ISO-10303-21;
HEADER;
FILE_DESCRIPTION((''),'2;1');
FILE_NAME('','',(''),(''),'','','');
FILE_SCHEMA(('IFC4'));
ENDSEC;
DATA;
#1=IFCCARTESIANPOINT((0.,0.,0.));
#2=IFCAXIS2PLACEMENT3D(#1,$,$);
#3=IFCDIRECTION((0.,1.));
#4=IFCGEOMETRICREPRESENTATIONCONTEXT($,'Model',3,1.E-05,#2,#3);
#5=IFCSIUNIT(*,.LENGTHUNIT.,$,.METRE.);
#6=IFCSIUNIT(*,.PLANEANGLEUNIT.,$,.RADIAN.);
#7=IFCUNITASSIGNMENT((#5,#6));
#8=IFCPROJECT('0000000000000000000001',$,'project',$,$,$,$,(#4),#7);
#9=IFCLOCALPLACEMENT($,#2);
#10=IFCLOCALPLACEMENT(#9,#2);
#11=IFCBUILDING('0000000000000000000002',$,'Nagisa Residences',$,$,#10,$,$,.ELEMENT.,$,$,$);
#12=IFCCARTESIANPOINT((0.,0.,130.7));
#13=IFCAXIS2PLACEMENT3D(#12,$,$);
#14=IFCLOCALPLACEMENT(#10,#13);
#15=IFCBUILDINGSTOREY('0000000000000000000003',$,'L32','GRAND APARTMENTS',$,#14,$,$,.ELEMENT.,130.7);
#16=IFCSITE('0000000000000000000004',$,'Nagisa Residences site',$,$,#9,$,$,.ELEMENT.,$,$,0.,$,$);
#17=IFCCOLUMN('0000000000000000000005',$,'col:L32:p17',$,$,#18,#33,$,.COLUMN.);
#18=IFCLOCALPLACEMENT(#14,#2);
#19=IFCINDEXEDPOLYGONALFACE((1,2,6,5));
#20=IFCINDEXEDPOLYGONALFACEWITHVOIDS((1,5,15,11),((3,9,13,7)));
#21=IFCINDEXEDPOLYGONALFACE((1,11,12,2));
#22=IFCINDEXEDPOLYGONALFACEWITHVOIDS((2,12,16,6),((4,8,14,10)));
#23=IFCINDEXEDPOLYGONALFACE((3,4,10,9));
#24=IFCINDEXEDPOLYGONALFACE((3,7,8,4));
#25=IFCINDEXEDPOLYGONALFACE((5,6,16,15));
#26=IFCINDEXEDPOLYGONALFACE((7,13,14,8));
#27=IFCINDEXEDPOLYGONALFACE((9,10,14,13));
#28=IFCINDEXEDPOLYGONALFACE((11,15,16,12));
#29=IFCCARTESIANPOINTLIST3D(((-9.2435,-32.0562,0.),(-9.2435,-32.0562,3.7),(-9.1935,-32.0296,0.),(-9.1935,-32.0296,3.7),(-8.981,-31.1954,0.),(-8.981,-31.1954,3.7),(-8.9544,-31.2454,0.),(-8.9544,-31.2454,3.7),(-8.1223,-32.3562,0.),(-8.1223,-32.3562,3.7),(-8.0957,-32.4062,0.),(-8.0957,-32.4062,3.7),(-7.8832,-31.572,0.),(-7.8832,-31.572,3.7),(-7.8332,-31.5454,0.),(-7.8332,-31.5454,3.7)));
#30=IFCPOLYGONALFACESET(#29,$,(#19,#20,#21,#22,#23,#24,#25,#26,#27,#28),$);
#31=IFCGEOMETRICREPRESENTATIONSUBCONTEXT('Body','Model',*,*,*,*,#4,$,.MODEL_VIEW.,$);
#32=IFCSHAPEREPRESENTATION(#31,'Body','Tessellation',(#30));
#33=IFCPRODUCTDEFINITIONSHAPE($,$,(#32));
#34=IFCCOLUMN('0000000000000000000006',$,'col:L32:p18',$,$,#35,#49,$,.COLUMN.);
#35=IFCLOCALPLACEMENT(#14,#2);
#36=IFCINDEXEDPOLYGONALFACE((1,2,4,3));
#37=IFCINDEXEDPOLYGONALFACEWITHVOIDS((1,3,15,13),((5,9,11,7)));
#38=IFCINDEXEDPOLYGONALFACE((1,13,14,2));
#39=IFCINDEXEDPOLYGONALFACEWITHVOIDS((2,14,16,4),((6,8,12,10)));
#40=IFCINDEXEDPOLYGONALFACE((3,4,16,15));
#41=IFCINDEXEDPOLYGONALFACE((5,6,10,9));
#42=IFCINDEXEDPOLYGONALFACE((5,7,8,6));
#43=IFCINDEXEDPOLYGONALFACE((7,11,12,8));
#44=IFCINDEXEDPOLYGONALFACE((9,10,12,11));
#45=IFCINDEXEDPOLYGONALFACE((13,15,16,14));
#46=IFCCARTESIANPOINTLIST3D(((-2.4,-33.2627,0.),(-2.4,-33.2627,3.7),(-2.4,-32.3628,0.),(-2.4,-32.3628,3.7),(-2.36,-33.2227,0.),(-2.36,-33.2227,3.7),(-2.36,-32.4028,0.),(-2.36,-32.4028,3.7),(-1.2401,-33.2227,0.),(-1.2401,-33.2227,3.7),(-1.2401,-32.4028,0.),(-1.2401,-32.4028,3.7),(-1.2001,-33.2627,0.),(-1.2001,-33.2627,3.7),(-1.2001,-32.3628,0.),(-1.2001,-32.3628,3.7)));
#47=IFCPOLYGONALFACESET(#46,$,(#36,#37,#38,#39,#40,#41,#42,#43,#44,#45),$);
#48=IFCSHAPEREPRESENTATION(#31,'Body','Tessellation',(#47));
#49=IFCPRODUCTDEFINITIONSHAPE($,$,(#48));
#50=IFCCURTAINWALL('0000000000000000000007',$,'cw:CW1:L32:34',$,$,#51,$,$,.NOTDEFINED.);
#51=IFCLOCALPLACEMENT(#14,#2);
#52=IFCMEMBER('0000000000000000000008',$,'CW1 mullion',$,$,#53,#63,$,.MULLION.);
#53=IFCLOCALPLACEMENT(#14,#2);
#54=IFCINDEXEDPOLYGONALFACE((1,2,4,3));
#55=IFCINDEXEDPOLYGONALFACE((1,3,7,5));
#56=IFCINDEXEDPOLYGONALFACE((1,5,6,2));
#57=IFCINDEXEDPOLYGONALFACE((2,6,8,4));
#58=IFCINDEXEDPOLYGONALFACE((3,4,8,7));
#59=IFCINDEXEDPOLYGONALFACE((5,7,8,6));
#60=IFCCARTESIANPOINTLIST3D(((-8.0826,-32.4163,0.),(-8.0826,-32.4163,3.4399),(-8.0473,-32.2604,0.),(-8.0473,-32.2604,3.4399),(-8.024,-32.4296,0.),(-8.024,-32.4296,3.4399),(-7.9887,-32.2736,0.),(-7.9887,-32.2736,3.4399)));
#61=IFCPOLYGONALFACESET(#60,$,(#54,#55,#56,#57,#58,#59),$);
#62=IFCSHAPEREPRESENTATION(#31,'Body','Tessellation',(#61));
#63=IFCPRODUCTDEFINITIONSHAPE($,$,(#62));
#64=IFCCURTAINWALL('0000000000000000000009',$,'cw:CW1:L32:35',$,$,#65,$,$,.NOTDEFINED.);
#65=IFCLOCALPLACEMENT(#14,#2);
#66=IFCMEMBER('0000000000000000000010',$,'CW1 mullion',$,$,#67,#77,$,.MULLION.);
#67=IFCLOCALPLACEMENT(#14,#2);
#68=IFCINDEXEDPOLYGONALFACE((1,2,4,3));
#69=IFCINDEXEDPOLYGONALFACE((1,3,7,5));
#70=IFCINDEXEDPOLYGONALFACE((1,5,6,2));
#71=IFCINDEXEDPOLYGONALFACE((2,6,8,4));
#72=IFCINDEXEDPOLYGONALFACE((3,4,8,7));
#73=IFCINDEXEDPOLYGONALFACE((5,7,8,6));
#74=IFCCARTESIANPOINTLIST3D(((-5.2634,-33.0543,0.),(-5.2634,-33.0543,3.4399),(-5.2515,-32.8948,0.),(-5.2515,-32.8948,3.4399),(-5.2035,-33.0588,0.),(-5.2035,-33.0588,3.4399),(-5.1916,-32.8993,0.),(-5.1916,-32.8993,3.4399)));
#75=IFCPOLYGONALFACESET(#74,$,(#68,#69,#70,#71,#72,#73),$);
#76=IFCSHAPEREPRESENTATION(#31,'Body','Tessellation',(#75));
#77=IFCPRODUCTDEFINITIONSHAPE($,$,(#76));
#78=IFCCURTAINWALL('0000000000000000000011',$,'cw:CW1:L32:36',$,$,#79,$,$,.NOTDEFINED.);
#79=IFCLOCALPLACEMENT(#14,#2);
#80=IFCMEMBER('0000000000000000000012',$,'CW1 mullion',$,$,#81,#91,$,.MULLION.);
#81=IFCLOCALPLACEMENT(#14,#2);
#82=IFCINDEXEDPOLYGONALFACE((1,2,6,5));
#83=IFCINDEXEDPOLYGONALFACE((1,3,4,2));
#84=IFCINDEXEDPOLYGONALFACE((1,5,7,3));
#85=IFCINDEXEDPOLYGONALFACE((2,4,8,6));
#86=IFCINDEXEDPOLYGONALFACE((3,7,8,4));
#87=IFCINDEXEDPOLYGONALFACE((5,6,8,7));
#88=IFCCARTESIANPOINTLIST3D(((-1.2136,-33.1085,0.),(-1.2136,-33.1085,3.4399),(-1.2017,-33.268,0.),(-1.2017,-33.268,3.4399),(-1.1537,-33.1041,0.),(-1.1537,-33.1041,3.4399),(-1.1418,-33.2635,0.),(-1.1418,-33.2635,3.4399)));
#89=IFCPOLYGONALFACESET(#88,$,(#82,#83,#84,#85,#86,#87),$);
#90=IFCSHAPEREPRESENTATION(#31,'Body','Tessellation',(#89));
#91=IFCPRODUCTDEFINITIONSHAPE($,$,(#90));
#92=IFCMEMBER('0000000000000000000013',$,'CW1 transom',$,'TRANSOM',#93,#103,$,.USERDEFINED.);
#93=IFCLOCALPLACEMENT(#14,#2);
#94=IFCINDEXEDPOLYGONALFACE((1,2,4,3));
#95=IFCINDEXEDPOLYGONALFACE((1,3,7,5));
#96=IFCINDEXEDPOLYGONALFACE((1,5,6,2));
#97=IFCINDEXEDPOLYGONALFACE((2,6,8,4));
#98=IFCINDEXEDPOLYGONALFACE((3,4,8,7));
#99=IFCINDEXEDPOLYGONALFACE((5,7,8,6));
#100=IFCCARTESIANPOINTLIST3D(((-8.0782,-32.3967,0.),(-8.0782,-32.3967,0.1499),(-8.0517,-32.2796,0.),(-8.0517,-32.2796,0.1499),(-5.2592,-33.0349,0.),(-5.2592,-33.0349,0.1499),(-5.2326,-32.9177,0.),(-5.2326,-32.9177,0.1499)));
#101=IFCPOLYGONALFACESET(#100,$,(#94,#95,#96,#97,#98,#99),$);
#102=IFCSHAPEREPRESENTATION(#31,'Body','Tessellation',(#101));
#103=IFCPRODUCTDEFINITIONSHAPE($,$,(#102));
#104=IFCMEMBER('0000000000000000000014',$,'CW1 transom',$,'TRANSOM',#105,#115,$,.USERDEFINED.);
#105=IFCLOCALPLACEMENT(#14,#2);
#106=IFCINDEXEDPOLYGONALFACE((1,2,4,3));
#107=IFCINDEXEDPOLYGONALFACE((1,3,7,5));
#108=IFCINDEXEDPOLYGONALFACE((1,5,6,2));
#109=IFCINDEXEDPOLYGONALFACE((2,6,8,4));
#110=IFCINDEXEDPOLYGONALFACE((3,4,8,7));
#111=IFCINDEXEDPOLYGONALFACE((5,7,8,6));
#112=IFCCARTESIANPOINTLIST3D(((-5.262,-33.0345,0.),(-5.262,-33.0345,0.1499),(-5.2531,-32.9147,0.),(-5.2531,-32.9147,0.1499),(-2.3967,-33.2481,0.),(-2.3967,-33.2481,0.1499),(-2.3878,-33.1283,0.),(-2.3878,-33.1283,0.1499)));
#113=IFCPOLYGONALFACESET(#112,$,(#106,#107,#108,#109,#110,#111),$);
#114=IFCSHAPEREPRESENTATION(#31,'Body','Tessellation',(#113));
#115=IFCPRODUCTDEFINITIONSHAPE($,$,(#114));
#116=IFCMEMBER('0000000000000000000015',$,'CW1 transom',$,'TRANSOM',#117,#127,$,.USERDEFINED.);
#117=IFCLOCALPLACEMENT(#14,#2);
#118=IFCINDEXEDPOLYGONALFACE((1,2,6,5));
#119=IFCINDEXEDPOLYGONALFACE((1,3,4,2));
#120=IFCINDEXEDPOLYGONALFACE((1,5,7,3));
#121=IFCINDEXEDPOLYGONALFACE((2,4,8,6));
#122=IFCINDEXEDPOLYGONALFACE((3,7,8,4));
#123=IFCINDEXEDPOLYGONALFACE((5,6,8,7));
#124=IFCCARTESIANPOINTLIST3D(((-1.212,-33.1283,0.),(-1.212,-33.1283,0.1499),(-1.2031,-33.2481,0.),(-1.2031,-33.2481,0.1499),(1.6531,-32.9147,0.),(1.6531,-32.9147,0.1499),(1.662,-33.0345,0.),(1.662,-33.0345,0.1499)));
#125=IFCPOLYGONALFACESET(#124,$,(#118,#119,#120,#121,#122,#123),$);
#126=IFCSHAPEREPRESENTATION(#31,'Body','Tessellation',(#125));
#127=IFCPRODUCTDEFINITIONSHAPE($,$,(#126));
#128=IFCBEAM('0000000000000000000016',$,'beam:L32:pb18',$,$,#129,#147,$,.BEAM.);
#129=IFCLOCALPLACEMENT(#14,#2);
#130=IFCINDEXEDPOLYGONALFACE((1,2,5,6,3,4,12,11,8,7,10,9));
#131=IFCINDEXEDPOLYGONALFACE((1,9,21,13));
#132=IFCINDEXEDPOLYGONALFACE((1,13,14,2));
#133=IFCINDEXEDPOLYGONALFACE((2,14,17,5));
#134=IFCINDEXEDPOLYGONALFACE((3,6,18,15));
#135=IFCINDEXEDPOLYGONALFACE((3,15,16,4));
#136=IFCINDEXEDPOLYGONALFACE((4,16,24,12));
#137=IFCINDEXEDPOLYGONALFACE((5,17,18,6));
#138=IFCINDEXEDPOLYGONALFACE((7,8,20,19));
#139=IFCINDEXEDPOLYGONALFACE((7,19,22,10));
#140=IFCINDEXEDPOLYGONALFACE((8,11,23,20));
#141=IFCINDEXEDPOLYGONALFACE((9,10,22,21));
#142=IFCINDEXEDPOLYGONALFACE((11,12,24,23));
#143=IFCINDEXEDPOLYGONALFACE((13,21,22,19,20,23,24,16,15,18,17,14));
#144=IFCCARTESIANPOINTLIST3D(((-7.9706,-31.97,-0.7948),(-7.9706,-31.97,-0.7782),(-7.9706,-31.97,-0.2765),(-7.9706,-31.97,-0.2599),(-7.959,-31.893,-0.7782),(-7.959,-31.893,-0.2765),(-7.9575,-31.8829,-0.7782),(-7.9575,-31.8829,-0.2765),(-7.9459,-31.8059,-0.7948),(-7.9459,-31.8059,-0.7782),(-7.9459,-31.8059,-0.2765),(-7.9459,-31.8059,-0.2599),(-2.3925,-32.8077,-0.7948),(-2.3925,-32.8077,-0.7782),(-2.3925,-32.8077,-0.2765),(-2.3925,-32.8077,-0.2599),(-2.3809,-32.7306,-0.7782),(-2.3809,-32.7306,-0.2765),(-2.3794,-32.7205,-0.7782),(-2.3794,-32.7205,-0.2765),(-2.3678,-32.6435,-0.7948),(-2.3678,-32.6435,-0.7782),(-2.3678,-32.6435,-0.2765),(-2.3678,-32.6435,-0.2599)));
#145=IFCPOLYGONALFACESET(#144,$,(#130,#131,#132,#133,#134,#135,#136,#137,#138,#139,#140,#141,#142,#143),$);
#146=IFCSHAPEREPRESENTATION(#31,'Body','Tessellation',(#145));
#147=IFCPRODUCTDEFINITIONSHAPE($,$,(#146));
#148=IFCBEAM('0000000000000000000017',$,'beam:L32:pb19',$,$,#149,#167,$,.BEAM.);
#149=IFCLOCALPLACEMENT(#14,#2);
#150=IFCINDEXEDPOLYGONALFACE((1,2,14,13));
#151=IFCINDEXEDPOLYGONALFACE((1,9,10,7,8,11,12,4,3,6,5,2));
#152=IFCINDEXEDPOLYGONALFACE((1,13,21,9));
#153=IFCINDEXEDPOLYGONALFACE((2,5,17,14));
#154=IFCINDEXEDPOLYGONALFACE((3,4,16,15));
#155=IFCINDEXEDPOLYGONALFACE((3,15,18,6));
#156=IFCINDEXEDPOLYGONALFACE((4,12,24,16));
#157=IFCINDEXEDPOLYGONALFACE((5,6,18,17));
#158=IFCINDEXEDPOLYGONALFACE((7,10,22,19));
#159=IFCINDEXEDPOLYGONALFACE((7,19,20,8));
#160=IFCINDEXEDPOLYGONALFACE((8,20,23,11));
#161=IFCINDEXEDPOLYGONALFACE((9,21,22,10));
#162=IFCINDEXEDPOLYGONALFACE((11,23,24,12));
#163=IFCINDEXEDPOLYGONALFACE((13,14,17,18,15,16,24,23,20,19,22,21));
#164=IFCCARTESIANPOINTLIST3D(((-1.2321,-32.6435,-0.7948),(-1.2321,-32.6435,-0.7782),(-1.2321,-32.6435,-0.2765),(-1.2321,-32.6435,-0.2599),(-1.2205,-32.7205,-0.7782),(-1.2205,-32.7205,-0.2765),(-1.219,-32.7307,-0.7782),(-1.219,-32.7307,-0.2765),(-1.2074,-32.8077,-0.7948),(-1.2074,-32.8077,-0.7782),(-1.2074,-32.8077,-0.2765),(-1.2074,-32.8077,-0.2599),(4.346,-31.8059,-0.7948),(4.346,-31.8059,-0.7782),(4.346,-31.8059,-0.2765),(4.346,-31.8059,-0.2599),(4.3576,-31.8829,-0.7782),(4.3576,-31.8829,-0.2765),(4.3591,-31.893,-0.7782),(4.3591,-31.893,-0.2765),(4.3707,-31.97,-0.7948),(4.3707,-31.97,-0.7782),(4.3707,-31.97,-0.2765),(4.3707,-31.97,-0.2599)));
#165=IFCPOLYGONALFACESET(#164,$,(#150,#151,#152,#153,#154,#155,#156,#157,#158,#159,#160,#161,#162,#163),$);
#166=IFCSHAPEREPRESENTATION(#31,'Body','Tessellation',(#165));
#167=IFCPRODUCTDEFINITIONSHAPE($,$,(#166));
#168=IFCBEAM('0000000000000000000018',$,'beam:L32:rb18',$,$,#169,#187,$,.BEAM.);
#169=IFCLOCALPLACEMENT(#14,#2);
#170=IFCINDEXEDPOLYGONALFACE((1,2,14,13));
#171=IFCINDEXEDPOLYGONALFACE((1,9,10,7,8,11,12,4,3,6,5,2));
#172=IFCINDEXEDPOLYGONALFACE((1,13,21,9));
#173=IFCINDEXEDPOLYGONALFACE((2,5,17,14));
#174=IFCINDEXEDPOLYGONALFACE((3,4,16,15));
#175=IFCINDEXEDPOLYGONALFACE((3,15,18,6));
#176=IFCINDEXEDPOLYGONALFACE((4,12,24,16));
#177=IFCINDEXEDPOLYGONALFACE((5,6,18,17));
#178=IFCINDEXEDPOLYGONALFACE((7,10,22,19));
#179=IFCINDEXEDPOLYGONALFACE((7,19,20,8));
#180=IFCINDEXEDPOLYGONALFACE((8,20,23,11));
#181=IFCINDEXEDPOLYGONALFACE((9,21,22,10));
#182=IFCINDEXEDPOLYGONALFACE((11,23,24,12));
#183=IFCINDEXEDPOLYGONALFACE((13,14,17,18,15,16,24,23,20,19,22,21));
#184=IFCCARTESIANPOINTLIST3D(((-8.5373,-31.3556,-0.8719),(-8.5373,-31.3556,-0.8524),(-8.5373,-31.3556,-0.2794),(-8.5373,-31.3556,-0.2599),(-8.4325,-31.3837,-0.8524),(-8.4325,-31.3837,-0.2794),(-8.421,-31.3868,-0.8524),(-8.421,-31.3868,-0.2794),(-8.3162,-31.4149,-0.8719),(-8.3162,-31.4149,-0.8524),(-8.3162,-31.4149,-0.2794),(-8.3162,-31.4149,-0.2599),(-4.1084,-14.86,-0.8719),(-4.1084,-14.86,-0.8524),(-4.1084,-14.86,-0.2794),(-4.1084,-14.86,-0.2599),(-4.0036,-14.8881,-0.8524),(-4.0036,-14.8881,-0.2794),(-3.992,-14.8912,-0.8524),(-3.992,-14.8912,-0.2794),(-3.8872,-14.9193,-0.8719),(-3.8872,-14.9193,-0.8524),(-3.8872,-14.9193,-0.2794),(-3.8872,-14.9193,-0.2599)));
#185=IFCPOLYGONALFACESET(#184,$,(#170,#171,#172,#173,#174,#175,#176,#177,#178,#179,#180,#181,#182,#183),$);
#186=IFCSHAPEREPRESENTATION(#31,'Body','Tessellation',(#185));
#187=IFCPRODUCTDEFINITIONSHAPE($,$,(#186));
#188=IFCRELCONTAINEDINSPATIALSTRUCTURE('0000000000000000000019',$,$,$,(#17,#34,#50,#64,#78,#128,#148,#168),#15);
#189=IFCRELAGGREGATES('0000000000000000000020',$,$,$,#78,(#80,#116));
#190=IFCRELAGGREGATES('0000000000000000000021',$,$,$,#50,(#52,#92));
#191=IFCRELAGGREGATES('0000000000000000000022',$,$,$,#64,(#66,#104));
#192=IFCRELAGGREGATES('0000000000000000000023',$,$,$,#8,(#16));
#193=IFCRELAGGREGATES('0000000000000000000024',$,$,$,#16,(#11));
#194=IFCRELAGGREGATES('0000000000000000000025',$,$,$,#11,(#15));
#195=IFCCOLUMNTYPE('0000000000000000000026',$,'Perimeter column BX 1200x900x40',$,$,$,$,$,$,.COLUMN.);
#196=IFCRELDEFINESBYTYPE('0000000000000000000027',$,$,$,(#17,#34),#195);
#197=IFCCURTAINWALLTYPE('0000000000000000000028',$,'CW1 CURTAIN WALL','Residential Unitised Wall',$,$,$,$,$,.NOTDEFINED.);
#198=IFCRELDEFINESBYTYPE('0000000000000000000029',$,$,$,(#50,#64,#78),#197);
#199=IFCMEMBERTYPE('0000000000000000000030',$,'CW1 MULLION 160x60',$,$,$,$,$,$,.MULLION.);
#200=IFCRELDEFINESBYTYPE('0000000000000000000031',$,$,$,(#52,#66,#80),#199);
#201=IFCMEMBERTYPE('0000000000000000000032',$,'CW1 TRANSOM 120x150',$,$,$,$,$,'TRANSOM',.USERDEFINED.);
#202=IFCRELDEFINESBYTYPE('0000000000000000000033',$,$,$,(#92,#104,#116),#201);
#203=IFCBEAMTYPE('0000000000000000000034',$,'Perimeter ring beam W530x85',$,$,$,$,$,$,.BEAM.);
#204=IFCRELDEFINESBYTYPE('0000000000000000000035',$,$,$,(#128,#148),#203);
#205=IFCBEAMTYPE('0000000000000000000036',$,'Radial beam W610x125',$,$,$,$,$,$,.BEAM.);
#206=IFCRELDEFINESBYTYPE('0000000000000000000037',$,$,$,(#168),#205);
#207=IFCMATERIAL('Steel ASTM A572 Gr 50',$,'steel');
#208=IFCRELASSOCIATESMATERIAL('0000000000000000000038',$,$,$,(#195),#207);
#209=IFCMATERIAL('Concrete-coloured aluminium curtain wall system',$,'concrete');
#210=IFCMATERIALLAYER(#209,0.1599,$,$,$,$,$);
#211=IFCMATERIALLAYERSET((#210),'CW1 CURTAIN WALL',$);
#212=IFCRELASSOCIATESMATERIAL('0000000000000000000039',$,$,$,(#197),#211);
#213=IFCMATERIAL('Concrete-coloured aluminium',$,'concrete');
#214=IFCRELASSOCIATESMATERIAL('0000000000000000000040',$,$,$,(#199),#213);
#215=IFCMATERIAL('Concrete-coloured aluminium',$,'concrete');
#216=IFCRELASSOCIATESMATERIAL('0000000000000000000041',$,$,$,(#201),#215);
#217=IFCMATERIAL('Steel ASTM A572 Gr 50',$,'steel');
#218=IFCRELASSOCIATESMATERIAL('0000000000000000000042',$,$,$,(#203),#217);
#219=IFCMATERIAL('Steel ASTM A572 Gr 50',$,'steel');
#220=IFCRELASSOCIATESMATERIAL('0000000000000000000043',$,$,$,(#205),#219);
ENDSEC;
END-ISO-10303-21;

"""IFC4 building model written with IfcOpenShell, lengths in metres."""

from ifc_helpers import new_model, si_unit, direction, frame, origin, origin_2d, place, context, subcontext, project, spatial, rectangle, hollow_rectangle, i_section, extrude, material, layer, layer_set, material_profile, profile_set, type_object, element, aggregate, save


model = new_model("IFC4")

# Units and contexts
model_context = context("Model", 3, precision=1e-05, world=origin(), true_north=direction((0.0, 1.0)))
body_context = subcontext(model_context, "Body", "Model", "MODEL_VIEW")
ifc_project = project(units=[si_unit("LENGTHUNIT", "METRE"), si_unit("PLANEANGLEUNIT", "RADIAN")], contexts=[model_context])

# Site, building, storey
site_placement = place(None, origin())
site = spatial("IfcSite", under=ifc_project, at=site_placement, Name="Nagisa Residences site", CompositionType="ELEMENT", RefElevation=0.0)
building_placement = place(site_placement, origin())
building = spatial("IfcBuilding", under=site, at=building_placement, Name="Nagisa Residences", CompositionType="ELEMENT")
storey_placement = place(building_placement, frame((0.0, 0.0, 130.7)))
storey = spatial("IfcBuildingStorey", under=building, at=storey_placement, Name="L32", Description="GRAND APARTMENTS", CompositionType="ELEMENT", Elevation=130.7)

# Columns
ifc_material_1 = material(Name="Steel ASTM A572 Gr 50", Category="steel")
ifc_material_profile_1 = material_profile(ifc_material_1, hollow_rectangle(XDim=1.2, YDim=0.8999, WallThickness=0.04, at=origin_2d()), Name="BX 1200x900x40")
ifc_profile_set_1 = profile_set([ifc_material_profile_1], Name="Steel ASTM A572 Gr 50")
column_type = type_object("IfcColumnType", Name="Perimeter column BX 1200x900x40", PredefinedType="COLUMN", material=ifc_profile_set_1)
for number, where, z_axis, x_axis, name in (
    (1, (-8.5383, -31.8008, 0.0), (0.0, 0.0, 1.0), (0.956525, -0.291652, 0.0), "col:L32:p17"),
    (2, (-1.8, -32.8127, 0.0), (0.0, 0.0, 1.0), (1.0, 0.0, 0.0), "col:L32:p18"),
):
    element("IfcColumn", number, at=place(storey_placement, frame(where, z_axis=z_axis, x_axis=x_axis)), inside=storey, type_object=column_type, Name=name, PredefinedType="COLUMN", context=body_context, shape_type="SweptSolid", body=[
        extrude(hollow_rectangle(XDim=1.2, YDim=0.8999, WallThickness=0.04, at=origin_2d()), origin(), (0.0, 0.0, 1.0), 3.7),
    ])

# Curtain walls, members
ifc_material_2 = material(Name="Concrete-coloured aluminium curtain wall system", Category="concrete")
ifc_layer_1 = layer(ifc_material_2, 0.1599)
ifc_layer_set_1 = layer_set([ifc_layer_1], Name="CW1 CURTAIN WALL")
curtain_wall_type = type_object("IfcCurtainWallType", Name="CW1 CURTAIN WALL", Description="Residential Unitised Wall", PredefinedType="NOTDEFINED", material=ifc_layer_set_1)
curtain_wall_1_placement = place(storey_placement, origin())
curtain_wall_1 = element("IfcCurtainWall", 3, at=curtain_wall_1_placement, inside=storey, type_object=curtain_wall_type, Name="cw:CW1:L32:34", PredefinedType="NOTDEFINED")
ifc_material_3 = material(Name="Concrete-coloured aluminium", Category="concrete")
ifc_material_profile_2 = material_profile(ifc_material_3, rectangle(XDim=0.1599, YDim=0.0601, at=origin_2d()), Name="CW1 MULLION 160x60")
ifc_profile_set_2 = profile_set([ifc_material_profile_2], Name="Concrete-coloured aluminium")
member_type_1 = type_object("IfcMemberType", Name="CW1 MULLION 160x60", PredefinedType="MULLION", material=ifc_profile_set_2)
member_1_placement = place(storey_placement, frame((-8.0356, -32.345, 0.0), z_axis=(0.0, 0.0, 1.0), x_axis=(0.220764, 0.975327, 0.0)))
member_1 = element("IfcMember", 4, at=member_1_placement, type_object=member_type_1, Name="CW1 mullion", PredefinedType="MULLION", context=body_context, shape_type="SweptSolid", body=[
    extrude(rectangle(XDim=0.1599, YDim=0.0601, at=origin_2d()), origin(), (0.0, 0.0, 1.0), 3.4399),
])
curtain_wall_2_placement = place(storey_placement, origin())
curtain_wall_2 = element("IfcCurtainWall", 5, at=curtain_wall_2_placement, inside=storey, type_object=curtain_wall_type, Name="cw:CW1:L32:35", PredefinedType="NOTDEFINED")
member_2_placement = place(storey_placement, frame((-5.2275, -32.9768, 0.0), z_axis=(0.0, 0.0, 1.0), x_axis=(0.074377, 0.99723, 0.0)))
member_2 = element("IfcMember", 6, at=member_2_placement, type_object=member_type_1, Name="CW1 mullion", PredefinedType="MULLION", context=body_context, shape_type="SweptSolid", body=[
    extrude(rectangle(XDim=0.1599, YDim=0.0601, at=origin_2d()), origin(), (0.0, 0.0, 1.0), 3.4399),
])
curtain_wall_3_placement = place(storey_placement, origin())
curtain_wall_3 = element("IfcCurtainWall", 7, at=curtain_wall_3_placement, inside=storey, type_object=curtain_wall_type, Name="cw:CW1:L32:36", PredefinedType="NOTDEFINED")
member_3_placement = place(storey_placement, frame((-1.1777, -33.186, 0.0), z_axis=(0.0, 0.0, 1.0), x_axis=(-0.074377, 0.99723, 0.0)))
member_3 = element("IfcMember", 8, at=member_3_placement, type_object=member_type_1, Name="CW1 mullion", PredefinedType="MULLION", context=body_context, shape_type="SweptSolid", body=[
    extrude(rectangle(XDim=0.1599, YDim=0.0601, at=origin_2d()), origin(), (0.0, 0.0, 1.0), 3.4399),
])

# Members
ifc_material_4 = material(Name="Concrete-coloured aluminium", Category="concrete")
ifc_material_profile_3 = material_profile(ifc_material_4, rectangle(XDim=0.1201, YDim=0.1499, at=origin_2d()), Name="CW1 TRANSOM 120x150")
ifc_profile_set_3 = profile_set([ifc_material_profile_3], Name="Concrete-coloured aluminium")
member_type_2 = type_object("IfcMemberType", Name="CW1 TRANSOM 120x150", ElementType="TRANSOM", PredefinedType="USERDEFINED", material=ifc_profile_set_3)
member_4_placement = place(storey_placement, frame((-8.0649, -32.3381, 0.075), z_axis=(0.975321, -0.220792, 0.0), x_axis=(0.220792, 0.975321, 0.0)))
member_4 = element("IfcMember", 9, at=member_4_placement, type_object=member_type_2, Name="CW1 transom", ObjectType="TRANSOM", PredefinedType="USERDEFINED", context=body_context, shape_type="SweptSolid", body=[
    extrude(rectangle(XDim=0.1201, YDim=0.1499, at=origin_2d()), origin(), (0.0, 0.0, 1.0), 2.8904),
])
member_5_placement = place(storey_placement, frame((-5.2576, -32.9746, 0.075), z_axis=(0.997232, -0.074351, 0.0), x_axis=(0.074351, 0.997232, 0.0)))
member_5 = element("IfcMember", 10, at=member_5_placement, type_object=member_type_2, Name="CW1 transom", ObjectType="TRANSOM", PredefinedType="USERDEFINED", context=body_context, shape_type="SweptSolid", body=[
    extrude(rectangle(XDim=0.1201, YDim=0.1499, at=origin_2d()), origin(), (0.0, 0.0, 1.0), 2.8733),
])
member_6_placement = place(storey_placement, frame((-1.2075, -33.1882, 0.075), z_axis=(0.997232, 0.074357, 0.0), x_axis=(-0.074357, 0.997232, 0.0)))
member_6 = element("IfcMember", 11, at=member_6_placement, type_object=member_type_2, Name="CW1 transom", ObjectType="TRANSOM", PredefinedType="USERDEFINED", context=body_context, shape_type="SweptSolid", body=[
    extrude(rectangle(XDim=0.1201, YDim=0.1499, at=origin_2d()), origin(), (0.0, 0.0, 1.0), 2.873),
])
aggregate(curtain_wall_3, [member_3, member_6])

# Beams
ifc_material_5 = material(Name="Steel ASTM A572 Gr 50", Category="steel")
ifc_material_profile_4 = material_profile(ifc_material_5, i_section(OverallWidth=0.166, OverallDepth=0.5349, WebThickness=0.0103, FlangeThickness=0.0166, at=origin_2d()), Name="W530x85")
ifc_profile_set_4 = profile_set([ifc_material_profile_4], Name="Steel ASTM A572 Gr 50")
beam_type_1 = type_object("IfcBeamType", Name="Perimeter ring beam W530x85", PredefinedType="BEAM", material=ifc_profile_set_4)
for number, where, z_axis, x_axis, name in (
    (12, (-7.9583, -31.8879, -0.5273), (0.988912, -0.148501, 0.0), (0.148501, 0.988912, 0.0), "beam:L32:pb18"),
    (13, (-1.2197, -32.7256, -0.5273), (0.988912, 0.148501, 0.0), (-0.148501, 0.988912, 0.0), "beam:L32:pb19"),
):
    element("IfcBeam", number, at=place(storey_placement, frame(where, z_axis=z_axis, x_axis=x_axis)), inside=storey, type_object=beam_type_1, Name=name, PredefinedType="BEAM", context=body_context, shape_type="SweptSolid", body=[
        extrude(i_section(OverallWidth=0.166, OverallDepth=0.5349, WebThickness=0.0103, FlangeThickness=0.0166, at=origin_2d()), origin(), (0.0, 0.0, 1.0), 5.6406),
    ])
ifc_material_6 = material(Name="Steel ASTM A572 Gr 50", Category="steel")
ifc_material_profile_5 = material_profile(ifc_material_6, i_section(OverallWidth=0.229, OverallDepth=0.6121, WebThickness=0.012, FlangeThickness=0.0195, at=origin_2d()), Name="W610x125")
ifc_profile_set_5 = profile_set([ifc_material_profile_5], Name="Steel ASTM A572 Gr 50")
beam_type_2 = type_object("IfcBeamType", Name="Radial beam W610x125", PredefinedType="BEAM", material=ifc_profile_set_5)
beam_1_placement = place(storey_placement, frame((-8.4268, -31.3853, -0.5659), z_axis=(0.259309, 0.965794, 0.0), x_axis=(-0.965794, 0.259309, 0.0)))
element("IfcBeam", 14, at=beam_1_placement, inside=storey, type_object=beam_type_2, Name="beam:L32:rb18", PredefinedType="BEAM", context=body_context, shape_type="SweptSolid", body=[
    extrude(i_section(OverallWidth=0.229, OverallDepth=0.6121, WebThickness=0.012, FlangeThickness=0.0195, at=origin_2d()), origin(), (0.0, 0.0, 1.0), 17.0798),
])

aggregate(curtain_wall_1, [member_1, member_4])
aggregate(curtain_wall_2, [member_2, member_5])

save(model, "model.ifc")
